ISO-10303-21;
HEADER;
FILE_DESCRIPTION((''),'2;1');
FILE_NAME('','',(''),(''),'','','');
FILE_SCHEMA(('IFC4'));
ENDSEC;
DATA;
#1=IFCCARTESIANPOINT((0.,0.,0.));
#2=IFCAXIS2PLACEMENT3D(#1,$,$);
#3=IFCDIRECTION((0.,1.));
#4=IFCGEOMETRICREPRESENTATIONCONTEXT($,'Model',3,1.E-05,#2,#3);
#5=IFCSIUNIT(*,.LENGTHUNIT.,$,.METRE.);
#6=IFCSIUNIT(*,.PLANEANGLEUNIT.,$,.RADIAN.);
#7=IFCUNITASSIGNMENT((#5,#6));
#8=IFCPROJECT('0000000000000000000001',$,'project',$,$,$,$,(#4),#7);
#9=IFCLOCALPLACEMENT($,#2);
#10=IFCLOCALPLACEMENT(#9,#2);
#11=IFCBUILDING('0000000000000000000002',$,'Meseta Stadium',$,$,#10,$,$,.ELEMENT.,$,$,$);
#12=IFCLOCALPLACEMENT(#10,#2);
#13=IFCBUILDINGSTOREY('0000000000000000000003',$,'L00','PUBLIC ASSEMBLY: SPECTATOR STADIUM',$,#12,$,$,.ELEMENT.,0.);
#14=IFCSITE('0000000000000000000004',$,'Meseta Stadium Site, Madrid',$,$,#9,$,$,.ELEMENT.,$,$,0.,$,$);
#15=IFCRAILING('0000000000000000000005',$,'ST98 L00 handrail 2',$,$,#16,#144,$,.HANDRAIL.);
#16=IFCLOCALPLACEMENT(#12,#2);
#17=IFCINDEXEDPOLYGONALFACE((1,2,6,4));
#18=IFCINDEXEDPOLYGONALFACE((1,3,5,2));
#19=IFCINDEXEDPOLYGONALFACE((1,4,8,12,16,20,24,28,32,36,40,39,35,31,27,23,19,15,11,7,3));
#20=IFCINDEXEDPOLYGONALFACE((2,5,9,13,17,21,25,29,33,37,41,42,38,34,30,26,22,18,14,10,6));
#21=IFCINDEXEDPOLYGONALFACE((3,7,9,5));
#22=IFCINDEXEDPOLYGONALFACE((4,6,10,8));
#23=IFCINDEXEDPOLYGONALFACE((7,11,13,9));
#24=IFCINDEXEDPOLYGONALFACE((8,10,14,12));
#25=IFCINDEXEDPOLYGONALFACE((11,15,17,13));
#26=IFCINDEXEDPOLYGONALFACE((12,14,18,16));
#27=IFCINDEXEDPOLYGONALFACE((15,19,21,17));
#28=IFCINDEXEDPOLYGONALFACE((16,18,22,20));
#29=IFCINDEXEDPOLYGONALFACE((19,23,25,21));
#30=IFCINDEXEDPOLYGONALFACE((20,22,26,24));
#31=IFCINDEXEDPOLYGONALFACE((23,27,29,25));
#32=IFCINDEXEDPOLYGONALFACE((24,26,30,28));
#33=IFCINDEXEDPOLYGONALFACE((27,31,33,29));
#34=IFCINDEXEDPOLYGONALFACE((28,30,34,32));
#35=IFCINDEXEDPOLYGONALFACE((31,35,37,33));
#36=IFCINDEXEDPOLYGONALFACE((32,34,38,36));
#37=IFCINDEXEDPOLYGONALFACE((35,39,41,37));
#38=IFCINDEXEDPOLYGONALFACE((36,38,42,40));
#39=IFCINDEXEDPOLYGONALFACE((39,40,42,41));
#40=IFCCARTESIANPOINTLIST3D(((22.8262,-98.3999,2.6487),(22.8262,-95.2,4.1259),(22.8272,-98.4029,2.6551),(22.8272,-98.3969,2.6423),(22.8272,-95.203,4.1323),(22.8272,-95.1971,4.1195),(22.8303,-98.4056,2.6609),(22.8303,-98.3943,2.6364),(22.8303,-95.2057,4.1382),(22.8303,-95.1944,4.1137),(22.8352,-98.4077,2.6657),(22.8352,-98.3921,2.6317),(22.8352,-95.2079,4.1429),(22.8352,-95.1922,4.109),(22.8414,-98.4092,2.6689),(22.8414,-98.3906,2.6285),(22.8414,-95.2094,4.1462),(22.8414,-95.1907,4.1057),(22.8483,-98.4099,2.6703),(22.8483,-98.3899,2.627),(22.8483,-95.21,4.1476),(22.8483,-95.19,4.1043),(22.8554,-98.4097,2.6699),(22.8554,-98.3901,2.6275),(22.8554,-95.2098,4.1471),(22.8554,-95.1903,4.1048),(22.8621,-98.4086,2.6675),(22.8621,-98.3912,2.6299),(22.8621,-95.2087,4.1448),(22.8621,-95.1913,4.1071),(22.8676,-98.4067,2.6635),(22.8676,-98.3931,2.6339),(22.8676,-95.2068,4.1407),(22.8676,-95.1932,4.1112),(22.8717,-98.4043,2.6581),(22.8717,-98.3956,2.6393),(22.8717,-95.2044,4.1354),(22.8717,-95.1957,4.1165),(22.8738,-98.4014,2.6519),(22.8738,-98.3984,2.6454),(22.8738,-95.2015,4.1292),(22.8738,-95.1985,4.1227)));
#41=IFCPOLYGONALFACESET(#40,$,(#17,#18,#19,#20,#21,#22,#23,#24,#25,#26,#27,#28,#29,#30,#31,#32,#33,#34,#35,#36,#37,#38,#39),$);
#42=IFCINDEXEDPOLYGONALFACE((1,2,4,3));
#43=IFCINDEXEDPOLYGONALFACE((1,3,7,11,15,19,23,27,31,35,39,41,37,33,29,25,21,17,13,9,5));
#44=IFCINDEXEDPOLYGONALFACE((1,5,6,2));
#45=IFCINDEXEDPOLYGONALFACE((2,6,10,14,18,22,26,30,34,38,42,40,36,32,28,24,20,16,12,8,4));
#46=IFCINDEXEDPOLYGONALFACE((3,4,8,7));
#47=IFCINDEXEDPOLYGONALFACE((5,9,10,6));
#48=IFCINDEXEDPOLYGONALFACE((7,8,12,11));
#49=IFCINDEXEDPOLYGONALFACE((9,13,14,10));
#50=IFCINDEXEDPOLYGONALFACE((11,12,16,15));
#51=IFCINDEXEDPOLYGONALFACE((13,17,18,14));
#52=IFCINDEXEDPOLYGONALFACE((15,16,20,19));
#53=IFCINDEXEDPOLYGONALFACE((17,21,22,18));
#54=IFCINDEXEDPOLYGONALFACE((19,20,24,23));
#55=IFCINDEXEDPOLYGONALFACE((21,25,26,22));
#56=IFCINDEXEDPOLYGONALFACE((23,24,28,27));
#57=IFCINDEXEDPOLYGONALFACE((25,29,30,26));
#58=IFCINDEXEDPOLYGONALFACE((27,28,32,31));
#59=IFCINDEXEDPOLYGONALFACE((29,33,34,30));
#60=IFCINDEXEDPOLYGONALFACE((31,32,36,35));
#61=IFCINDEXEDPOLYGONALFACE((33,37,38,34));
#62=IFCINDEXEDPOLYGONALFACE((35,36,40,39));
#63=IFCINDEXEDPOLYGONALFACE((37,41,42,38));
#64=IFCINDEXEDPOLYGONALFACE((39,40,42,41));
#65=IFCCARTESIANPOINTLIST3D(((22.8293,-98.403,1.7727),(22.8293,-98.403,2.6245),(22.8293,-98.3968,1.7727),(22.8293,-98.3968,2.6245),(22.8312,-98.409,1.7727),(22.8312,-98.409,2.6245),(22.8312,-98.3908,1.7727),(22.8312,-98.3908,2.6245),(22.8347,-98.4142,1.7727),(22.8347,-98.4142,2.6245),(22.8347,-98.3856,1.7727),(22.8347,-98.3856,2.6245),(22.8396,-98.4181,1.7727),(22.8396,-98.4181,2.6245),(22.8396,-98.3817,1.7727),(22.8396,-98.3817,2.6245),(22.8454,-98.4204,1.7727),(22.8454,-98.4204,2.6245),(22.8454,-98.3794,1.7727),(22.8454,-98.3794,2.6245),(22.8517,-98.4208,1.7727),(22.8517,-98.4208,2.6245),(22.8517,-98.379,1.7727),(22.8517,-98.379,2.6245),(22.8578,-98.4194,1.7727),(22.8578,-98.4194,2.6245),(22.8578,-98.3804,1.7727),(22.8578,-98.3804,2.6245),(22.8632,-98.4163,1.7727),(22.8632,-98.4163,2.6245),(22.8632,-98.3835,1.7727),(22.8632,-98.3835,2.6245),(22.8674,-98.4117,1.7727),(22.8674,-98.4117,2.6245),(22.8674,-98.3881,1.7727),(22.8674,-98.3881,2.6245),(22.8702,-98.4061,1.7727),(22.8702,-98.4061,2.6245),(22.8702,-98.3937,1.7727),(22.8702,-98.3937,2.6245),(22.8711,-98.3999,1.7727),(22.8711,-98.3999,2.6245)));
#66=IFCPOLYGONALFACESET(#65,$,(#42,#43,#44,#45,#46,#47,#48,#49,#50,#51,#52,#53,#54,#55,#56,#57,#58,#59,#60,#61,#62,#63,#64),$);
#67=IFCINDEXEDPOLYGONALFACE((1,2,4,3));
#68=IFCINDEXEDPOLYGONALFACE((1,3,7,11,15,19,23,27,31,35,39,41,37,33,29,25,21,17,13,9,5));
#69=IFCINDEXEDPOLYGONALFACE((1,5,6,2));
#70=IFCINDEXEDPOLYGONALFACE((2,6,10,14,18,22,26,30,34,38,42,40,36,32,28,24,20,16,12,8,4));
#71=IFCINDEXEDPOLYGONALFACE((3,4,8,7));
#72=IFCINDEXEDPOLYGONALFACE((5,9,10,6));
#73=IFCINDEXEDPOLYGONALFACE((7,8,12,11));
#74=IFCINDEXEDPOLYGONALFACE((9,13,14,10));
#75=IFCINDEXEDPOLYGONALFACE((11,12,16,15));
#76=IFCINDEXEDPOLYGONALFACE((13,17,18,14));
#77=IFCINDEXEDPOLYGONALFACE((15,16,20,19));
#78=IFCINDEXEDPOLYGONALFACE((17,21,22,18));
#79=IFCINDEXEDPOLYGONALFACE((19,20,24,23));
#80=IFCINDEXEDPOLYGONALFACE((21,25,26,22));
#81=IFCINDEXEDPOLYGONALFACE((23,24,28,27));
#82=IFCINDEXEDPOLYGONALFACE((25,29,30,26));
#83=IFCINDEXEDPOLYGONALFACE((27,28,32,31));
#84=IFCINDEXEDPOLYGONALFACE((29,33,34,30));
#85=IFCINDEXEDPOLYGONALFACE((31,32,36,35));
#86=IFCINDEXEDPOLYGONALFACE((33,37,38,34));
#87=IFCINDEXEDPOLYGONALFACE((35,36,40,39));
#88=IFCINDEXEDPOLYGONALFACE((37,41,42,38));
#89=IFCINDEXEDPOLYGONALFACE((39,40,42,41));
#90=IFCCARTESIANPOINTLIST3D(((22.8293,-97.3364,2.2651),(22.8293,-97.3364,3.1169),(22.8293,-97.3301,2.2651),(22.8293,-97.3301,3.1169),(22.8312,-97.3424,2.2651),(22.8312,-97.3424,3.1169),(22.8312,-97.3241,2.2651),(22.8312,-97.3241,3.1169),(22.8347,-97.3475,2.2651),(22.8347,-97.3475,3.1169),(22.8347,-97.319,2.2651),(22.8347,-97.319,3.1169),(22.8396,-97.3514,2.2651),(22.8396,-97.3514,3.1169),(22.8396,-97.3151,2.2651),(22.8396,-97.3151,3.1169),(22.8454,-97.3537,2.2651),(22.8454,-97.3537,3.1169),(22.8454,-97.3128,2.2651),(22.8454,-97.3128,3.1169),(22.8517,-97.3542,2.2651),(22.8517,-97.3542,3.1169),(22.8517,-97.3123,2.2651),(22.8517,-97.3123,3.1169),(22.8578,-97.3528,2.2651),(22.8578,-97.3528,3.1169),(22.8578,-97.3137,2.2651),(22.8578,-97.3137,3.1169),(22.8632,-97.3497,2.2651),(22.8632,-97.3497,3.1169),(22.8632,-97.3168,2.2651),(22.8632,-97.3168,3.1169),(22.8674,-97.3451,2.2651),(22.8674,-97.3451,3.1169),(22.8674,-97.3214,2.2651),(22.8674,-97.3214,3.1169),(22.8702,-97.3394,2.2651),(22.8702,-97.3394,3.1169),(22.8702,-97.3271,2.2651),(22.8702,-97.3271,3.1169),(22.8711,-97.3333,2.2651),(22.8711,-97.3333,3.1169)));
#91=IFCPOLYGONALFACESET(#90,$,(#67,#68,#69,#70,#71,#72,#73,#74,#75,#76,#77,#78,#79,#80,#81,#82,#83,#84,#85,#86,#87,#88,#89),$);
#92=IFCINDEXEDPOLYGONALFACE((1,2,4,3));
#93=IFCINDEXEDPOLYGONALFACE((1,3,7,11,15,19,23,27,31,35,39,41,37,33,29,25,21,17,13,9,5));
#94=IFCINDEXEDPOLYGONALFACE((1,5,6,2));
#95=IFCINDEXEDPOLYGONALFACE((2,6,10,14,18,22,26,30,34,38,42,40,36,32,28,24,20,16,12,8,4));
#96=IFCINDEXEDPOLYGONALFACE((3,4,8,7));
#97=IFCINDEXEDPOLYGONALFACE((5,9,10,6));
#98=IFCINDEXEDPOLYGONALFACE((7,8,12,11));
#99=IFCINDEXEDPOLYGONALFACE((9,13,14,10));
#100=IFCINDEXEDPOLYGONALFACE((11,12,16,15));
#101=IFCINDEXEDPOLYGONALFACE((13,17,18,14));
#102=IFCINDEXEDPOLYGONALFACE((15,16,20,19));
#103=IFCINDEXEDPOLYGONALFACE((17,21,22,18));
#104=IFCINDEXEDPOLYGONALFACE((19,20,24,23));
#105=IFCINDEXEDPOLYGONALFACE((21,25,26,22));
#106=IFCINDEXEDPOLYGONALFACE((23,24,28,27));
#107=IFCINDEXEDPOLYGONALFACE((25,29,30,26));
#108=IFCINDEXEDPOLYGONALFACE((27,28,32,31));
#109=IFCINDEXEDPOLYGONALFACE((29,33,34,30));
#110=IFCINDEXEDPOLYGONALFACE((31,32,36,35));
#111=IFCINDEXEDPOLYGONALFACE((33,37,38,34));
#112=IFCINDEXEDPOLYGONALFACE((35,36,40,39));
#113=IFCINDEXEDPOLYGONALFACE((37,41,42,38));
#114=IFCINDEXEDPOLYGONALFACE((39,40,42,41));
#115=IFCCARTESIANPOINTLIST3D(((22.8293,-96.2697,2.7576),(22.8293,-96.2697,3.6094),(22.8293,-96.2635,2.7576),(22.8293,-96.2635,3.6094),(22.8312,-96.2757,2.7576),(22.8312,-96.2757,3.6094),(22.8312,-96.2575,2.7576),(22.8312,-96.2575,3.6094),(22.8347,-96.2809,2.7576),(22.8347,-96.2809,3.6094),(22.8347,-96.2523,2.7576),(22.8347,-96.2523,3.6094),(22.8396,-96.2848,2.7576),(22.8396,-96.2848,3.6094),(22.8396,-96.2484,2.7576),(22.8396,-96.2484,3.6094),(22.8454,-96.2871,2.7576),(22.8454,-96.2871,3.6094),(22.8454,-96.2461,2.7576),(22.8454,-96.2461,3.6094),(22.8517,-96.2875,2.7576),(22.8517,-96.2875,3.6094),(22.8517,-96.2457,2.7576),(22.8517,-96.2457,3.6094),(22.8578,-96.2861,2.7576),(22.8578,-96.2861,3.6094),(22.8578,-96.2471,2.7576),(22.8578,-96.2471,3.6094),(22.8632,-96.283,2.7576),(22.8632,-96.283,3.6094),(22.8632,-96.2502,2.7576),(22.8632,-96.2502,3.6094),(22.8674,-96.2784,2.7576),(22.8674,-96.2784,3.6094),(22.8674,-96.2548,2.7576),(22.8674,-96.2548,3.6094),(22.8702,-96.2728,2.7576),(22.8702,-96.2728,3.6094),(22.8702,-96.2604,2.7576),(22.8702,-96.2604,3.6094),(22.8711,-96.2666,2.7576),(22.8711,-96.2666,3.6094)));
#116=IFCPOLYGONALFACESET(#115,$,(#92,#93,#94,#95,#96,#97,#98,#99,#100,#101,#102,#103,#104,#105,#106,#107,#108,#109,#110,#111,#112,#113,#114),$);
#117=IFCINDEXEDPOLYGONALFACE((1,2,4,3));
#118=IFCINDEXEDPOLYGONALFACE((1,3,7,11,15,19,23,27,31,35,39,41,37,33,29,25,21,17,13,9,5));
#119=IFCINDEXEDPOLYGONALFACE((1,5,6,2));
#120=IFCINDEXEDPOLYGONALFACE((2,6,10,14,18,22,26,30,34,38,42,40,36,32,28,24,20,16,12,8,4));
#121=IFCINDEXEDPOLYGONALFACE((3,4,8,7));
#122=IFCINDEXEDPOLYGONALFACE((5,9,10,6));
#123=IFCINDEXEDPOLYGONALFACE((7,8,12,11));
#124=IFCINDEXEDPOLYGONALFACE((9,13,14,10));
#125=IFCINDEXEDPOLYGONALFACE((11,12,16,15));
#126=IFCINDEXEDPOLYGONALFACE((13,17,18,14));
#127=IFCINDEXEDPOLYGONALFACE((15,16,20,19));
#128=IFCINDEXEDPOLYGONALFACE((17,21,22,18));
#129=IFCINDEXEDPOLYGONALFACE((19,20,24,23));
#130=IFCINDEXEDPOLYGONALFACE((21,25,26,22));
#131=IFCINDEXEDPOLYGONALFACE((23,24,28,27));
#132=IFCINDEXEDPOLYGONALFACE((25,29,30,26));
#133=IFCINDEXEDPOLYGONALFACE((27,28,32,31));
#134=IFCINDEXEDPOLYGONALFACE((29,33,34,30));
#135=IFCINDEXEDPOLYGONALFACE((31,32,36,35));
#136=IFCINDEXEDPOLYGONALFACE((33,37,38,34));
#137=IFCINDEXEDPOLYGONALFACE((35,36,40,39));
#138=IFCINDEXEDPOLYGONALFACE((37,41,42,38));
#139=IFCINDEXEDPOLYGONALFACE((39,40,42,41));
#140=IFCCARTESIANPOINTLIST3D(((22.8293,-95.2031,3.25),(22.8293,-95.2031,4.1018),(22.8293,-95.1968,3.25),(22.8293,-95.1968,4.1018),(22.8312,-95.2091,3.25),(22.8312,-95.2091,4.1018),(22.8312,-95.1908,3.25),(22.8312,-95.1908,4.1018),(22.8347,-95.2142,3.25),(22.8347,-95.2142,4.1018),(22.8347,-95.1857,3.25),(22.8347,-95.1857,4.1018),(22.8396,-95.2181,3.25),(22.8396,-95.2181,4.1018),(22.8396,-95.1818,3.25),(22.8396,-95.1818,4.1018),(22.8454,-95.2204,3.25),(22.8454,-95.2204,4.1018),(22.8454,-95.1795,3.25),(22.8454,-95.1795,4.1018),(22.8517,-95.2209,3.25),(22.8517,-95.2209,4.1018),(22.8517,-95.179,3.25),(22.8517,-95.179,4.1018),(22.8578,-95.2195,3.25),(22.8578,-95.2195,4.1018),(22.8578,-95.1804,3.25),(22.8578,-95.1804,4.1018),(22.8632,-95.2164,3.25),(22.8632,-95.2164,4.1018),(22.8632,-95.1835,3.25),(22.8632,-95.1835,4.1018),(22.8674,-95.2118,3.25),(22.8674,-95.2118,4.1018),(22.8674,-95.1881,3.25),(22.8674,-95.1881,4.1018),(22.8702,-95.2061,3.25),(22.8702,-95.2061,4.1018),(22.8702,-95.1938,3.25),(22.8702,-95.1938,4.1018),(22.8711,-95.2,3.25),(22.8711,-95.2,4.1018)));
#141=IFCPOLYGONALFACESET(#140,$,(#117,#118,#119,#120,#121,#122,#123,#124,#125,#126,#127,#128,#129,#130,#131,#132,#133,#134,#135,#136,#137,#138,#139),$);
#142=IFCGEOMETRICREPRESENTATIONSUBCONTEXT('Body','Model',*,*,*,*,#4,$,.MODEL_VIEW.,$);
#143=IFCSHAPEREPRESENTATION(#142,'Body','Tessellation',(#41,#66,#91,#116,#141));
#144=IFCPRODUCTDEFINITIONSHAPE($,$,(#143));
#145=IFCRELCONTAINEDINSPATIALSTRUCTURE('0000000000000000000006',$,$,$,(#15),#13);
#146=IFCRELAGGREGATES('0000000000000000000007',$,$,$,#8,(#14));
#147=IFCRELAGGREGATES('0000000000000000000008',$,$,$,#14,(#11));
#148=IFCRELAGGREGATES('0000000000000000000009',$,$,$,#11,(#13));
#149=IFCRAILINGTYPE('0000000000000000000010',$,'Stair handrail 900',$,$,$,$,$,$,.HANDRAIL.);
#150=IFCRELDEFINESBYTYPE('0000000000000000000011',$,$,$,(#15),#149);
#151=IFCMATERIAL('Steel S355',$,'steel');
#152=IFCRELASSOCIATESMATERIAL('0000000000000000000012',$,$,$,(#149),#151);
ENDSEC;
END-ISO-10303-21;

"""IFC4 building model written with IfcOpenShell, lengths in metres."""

from ifc_helpers import new_model, si_unit, direction, frame, origin, origin_2d, place, context, subcontext, project, spatial, circle, extrude, material, type_object, element, save


model = new_model("IFC4")

# Units and contexts
model_context = context("Model", 3, precision=1e-05, world=origin(), true_north=direction((0.0, 1.0)))
body_context = subcontext(model_context, "Body", "Model", "MODEL_VIEW")
ifc_project = project(units=[si_unit("LENGTHUNIT", "METRE"), si_unit("PLANEANGLEUNIT", "RADIAN")], contexts=[model_context])

# Site, building, storey
site_placement = place(None, origin())
site = spatial("IfcSite", under=ifc_project, at=site_placement, Name="Meseta Stadium Site, Madrid", CompositionType="ELEMENT", RefElevation=0.0)
building_placement = place(site_placement, origin())
building = spatial("IfcBuilding", under=site, at=building_placement, Name="Meseta Stadium", CompositionType="ELEMENT")
storey_placement = place(building_placement, origin())
storey = spatial("IfcBuildingStorey", under=building, at=storey_placement, Name="L00", Description="PUBLIC ASSEMBLY: SPECTATOR STADIUM", CompositionType="ELEMENT", Elevation=0.0)

# Railing
ifc_material_1 = material(Name="Steel S355", Category="steel")
railing_type_1 = type_object("IfcRailingType", Name="Stair handrail 900", PredefinedType="HANDRAIL", material=ifc_material_1)
for number, where, name in (
    (1, (22.8501, -98.3999, 1.7727), "ST98 L00 handrail 2"),
):
    element("IfcRailing", number, at=place(storey_placement, frame(where)), inside=storey, type_object=railing_type_1, Name=name, PredefinedType="HANDRAIL", context=body_context, shape_type="SweptSolid", body=[
        extrude(circle(Radius=0.0239, at=origin_2d()), frame((0.0, 0.0, 0.876), z_axis=(0.0, 0.907917, 0.41915), x_axis=(-1.0, 0.0, 0.0)), (0.0, 0.0, 1.0), 3.5244),
        extrude(circle(Radius=0.021, at=origin_2d()), origin(), (0.0, 0.0, 1.0), 0.8518),
        extrude(circle(Radius=0.021, at=origin_2d()), frame((0.0, 1.0667, 0.4924)), (0.0, 0.0, 1.0), 0.8518),
        extrude(circle(Radius=0.021, at=origin_2d()), frame((0.0, 2.1333, 0.9849)), (0.0, 0.0, 1.0), 0.8518),
        extrude(circle(Radius=0.021, at=origin_2d()), frame((0.0, 3.2, 1.4773)), (0.0, 0.0, 1.0), 0.8518),
    ])

save(model, "model.ifc")
